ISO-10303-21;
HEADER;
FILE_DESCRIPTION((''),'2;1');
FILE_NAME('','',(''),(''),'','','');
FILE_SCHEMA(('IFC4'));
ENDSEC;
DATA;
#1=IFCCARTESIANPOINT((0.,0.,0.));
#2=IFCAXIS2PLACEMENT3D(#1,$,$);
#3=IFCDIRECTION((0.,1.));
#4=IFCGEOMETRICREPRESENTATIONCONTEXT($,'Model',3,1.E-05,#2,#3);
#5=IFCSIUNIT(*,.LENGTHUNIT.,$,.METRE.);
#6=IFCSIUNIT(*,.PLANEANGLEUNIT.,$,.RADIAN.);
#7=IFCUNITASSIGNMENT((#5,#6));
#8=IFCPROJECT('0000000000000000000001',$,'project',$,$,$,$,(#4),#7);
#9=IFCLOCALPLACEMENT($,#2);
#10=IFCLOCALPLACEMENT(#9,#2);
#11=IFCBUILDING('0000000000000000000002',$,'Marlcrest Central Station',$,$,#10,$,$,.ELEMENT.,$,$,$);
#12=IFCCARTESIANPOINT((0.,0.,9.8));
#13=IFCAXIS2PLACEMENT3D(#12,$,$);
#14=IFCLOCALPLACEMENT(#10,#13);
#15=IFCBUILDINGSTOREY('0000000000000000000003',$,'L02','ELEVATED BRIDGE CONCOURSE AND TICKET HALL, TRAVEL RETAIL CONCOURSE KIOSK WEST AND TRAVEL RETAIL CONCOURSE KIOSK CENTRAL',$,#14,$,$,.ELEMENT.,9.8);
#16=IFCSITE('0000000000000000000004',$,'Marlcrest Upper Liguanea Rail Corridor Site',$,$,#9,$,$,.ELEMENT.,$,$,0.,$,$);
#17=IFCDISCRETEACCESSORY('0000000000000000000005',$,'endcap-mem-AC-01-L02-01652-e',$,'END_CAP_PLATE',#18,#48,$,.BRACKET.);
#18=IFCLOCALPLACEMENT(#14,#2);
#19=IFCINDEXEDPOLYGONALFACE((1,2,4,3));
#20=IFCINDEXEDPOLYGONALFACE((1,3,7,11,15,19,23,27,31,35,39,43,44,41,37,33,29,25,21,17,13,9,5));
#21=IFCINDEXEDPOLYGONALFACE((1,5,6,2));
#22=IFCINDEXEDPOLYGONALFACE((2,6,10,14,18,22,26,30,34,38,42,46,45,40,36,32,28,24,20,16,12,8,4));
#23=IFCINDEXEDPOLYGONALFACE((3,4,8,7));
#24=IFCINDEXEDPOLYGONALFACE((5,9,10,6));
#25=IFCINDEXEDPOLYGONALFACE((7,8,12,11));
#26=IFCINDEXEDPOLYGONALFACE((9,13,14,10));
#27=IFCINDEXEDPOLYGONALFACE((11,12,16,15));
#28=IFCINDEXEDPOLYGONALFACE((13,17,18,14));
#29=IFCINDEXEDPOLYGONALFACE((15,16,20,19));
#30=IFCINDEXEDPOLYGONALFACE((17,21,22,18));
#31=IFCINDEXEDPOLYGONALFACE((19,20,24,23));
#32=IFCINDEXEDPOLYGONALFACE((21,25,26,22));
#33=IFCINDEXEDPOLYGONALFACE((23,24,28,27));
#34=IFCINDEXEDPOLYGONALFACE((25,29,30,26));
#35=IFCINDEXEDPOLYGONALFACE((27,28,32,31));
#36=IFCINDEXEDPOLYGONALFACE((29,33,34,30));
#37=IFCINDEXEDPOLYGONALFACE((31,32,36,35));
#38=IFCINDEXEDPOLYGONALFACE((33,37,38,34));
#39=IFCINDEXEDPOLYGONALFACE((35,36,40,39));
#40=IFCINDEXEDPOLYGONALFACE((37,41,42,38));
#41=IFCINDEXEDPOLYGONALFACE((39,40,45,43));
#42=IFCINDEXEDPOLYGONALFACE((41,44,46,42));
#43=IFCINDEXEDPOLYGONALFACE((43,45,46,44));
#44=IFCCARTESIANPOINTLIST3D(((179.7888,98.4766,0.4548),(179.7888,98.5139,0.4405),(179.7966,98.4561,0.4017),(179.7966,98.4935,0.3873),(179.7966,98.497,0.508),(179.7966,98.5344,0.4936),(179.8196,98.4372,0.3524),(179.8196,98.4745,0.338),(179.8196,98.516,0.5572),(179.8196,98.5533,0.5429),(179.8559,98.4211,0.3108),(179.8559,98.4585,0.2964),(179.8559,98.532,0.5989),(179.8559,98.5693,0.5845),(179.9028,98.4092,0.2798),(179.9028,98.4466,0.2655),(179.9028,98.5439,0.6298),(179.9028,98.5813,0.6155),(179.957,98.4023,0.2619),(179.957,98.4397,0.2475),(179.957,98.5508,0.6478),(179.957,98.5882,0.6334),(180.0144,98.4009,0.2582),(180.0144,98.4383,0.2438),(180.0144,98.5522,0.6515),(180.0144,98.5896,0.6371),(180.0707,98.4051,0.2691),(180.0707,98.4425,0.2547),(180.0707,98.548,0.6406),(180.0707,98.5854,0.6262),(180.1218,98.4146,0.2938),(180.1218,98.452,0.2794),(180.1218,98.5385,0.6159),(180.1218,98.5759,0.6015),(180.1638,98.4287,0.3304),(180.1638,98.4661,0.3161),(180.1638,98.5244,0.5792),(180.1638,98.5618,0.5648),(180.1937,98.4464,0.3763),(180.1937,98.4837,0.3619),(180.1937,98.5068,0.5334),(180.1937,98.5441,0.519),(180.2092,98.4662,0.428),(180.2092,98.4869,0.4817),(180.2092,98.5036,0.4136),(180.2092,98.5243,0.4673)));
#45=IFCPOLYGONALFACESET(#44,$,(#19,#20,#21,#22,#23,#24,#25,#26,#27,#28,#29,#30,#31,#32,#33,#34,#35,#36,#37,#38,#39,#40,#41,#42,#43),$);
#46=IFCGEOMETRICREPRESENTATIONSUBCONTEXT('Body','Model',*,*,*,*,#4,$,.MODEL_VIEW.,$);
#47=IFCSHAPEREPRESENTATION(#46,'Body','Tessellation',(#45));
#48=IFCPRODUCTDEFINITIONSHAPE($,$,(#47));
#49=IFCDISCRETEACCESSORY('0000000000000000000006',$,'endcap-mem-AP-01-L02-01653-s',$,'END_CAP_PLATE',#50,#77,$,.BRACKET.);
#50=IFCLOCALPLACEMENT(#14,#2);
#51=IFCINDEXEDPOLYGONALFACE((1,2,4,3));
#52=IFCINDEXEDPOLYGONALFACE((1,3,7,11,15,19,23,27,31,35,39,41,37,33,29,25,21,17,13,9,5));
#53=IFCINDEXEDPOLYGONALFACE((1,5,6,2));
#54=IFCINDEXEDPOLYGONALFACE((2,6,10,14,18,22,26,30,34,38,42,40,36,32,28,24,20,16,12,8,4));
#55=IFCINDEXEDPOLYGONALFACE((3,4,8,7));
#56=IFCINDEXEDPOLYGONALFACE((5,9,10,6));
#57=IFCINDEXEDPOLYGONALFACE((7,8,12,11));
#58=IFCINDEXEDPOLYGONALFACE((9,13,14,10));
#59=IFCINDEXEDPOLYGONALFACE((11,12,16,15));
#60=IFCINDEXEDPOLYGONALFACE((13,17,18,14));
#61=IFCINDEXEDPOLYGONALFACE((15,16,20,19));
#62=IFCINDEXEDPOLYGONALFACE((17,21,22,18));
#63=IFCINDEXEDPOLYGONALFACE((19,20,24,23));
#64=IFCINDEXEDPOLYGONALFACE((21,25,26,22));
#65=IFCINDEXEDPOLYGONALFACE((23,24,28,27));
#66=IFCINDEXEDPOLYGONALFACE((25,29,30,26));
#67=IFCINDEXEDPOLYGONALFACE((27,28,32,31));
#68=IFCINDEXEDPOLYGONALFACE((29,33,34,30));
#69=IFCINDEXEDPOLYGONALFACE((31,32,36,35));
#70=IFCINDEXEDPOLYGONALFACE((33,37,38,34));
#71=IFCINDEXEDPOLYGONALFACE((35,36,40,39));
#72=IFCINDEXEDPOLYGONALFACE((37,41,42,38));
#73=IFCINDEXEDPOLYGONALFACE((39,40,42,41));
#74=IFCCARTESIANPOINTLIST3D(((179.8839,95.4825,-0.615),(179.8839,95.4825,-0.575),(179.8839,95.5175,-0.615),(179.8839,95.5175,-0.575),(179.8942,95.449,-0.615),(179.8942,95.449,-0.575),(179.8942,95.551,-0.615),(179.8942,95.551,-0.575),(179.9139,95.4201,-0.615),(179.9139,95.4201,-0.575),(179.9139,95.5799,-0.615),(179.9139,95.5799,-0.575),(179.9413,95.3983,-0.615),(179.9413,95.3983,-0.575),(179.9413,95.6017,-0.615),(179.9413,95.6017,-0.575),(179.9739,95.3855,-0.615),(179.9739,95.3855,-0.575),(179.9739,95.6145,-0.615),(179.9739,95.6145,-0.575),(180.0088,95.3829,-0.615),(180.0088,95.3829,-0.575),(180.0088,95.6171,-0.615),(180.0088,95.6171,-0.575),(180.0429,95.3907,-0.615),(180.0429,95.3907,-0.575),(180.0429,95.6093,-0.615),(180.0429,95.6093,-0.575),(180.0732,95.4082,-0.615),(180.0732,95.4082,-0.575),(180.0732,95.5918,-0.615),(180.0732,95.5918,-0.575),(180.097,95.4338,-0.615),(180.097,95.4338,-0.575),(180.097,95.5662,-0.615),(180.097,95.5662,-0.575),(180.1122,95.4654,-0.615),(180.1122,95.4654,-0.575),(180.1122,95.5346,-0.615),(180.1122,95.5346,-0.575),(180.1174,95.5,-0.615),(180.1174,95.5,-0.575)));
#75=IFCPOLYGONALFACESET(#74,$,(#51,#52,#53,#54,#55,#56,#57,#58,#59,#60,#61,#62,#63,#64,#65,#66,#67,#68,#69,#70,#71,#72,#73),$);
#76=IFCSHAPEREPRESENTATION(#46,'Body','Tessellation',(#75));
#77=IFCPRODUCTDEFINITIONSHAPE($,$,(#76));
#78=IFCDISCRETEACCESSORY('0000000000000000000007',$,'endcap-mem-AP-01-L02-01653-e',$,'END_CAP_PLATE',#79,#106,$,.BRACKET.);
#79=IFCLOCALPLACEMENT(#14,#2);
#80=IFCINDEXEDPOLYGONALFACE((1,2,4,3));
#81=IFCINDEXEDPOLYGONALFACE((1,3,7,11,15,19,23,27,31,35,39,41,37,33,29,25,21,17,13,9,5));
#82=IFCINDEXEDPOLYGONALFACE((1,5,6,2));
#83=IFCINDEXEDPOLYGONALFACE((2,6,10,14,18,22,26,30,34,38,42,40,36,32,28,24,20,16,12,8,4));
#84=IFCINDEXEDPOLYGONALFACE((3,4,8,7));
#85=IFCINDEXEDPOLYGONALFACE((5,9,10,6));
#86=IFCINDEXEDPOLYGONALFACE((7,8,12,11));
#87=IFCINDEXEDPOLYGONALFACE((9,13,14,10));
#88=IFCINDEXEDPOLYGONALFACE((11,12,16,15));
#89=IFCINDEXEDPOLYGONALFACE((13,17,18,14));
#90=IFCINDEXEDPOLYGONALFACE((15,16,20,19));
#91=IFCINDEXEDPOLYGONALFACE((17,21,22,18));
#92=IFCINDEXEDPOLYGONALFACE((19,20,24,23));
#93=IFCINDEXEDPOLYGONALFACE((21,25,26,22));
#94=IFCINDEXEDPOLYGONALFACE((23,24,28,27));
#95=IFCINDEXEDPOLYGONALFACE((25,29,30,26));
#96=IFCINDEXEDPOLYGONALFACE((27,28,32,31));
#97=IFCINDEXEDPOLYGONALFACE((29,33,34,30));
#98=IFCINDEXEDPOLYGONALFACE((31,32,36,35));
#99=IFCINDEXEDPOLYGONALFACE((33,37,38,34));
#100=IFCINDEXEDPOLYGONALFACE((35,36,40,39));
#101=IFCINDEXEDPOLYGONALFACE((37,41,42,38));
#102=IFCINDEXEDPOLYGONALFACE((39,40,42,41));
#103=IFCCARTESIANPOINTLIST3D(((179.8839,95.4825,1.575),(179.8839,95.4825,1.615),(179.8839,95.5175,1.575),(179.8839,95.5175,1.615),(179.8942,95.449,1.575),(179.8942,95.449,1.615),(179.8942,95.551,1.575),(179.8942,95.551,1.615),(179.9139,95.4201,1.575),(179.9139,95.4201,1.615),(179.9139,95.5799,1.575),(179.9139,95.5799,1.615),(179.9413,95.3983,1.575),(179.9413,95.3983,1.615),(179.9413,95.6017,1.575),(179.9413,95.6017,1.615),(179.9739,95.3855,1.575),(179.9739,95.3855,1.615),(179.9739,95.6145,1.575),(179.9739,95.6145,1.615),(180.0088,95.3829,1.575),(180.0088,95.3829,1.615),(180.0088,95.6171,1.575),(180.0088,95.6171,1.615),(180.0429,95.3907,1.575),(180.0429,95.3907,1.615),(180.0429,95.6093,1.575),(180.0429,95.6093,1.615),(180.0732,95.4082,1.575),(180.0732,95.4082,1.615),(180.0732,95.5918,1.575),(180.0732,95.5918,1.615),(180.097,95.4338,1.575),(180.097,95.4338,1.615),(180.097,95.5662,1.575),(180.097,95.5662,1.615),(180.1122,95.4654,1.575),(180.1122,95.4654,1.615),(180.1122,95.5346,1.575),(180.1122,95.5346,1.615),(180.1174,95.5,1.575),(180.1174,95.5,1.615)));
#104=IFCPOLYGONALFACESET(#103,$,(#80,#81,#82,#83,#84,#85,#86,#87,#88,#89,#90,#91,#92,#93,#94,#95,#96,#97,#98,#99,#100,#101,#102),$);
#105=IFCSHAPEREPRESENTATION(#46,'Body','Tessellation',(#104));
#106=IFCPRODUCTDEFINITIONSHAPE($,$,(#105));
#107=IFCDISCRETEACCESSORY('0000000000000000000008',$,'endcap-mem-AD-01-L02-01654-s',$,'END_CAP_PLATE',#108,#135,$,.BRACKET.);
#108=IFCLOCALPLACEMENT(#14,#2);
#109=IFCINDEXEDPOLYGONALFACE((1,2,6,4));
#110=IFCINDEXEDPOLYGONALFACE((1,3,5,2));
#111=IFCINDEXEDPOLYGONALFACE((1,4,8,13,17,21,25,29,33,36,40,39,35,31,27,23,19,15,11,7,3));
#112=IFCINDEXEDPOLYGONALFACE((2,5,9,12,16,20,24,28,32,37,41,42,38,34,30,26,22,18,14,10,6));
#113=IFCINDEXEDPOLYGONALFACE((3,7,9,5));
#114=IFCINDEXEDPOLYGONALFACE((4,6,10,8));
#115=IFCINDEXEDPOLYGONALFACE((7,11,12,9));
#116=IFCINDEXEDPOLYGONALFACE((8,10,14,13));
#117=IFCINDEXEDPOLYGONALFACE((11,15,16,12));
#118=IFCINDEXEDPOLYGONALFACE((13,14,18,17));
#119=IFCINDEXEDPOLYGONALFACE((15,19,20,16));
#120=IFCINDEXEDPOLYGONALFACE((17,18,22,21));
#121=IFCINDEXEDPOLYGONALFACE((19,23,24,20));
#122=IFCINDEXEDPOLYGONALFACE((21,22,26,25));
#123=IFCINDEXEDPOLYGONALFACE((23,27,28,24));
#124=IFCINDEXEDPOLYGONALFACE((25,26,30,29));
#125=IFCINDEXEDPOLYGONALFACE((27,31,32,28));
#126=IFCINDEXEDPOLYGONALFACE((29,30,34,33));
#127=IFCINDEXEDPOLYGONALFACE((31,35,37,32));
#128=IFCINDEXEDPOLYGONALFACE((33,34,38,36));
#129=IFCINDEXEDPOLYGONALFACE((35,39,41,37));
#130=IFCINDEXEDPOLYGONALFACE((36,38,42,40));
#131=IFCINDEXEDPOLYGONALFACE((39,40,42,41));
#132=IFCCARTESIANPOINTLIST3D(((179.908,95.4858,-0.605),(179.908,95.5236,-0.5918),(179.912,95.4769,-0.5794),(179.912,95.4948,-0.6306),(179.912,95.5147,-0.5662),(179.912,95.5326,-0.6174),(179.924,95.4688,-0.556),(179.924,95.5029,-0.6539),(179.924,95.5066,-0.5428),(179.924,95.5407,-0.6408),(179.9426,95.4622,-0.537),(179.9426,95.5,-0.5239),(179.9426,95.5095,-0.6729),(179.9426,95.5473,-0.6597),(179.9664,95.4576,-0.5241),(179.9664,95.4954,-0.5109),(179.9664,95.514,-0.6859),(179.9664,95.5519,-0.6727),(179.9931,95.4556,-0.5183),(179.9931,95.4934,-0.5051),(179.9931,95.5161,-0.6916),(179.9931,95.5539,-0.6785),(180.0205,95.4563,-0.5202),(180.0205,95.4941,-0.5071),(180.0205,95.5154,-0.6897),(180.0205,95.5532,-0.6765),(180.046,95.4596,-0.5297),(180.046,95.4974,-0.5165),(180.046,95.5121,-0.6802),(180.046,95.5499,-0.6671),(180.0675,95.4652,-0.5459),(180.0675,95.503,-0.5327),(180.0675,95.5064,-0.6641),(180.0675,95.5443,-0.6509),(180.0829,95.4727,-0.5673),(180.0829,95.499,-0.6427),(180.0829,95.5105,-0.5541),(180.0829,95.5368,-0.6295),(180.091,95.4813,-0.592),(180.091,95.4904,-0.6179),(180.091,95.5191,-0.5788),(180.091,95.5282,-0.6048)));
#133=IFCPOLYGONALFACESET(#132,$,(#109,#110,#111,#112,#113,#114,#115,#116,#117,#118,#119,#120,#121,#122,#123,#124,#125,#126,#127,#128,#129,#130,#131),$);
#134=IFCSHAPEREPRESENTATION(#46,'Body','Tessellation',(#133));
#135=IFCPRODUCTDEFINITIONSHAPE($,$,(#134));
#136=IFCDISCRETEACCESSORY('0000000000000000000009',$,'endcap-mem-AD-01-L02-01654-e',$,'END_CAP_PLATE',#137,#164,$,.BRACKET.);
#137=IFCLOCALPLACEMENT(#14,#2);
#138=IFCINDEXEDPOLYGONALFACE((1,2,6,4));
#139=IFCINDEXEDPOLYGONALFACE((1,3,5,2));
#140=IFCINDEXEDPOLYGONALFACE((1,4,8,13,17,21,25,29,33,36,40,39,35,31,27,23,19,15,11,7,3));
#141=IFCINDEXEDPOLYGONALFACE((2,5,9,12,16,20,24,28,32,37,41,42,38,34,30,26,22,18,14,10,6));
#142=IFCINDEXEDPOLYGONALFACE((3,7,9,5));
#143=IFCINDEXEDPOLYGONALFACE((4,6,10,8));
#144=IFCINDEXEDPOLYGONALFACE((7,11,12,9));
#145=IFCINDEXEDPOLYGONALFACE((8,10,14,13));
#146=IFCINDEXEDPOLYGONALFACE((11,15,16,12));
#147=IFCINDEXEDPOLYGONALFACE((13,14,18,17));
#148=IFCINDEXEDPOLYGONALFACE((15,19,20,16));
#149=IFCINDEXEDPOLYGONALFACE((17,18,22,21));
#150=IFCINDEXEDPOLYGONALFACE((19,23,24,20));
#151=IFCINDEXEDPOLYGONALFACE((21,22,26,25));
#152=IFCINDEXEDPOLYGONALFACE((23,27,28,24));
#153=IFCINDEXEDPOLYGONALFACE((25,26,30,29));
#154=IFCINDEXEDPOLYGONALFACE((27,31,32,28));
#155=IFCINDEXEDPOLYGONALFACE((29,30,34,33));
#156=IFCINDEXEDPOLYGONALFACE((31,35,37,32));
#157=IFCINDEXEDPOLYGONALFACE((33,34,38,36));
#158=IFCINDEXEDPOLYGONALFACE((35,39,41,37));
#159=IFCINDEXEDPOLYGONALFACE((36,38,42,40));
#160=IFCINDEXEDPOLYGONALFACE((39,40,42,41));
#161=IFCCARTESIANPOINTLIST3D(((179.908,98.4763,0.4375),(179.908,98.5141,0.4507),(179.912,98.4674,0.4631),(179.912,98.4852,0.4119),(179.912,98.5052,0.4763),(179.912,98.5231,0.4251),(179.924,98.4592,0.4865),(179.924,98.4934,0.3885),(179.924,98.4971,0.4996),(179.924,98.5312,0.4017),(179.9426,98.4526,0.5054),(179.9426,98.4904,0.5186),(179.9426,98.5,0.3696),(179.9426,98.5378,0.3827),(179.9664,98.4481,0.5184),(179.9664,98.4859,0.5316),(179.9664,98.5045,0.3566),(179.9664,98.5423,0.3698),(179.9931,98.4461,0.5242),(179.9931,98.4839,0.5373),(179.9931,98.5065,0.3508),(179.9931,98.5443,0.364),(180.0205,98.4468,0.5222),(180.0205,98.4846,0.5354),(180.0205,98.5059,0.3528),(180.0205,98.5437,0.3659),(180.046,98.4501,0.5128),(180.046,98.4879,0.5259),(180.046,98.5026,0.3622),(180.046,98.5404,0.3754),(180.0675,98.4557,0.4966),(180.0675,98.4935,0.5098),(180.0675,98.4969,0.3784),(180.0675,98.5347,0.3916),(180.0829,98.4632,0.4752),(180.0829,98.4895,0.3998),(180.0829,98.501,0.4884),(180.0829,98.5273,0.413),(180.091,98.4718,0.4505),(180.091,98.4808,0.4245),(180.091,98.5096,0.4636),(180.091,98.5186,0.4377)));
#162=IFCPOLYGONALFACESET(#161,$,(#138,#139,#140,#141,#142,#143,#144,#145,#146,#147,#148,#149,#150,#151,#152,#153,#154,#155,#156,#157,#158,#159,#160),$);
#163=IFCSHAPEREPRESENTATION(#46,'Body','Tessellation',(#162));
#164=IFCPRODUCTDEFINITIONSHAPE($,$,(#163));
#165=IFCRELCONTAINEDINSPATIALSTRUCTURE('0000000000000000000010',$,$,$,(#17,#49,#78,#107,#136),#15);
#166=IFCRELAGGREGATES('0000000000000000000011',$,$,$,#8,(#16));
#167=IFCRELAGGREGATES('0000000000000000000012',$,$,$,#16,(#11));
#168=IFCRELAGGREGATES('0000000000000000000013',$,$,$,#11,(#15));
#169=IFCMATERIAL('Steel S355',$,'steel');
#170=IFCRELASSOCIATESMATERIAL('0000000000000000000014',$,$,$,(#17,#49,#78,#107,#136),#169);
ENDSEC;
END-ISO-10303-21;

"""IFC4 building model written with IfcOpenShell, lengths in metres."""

from ifc_helpers import new_model, si_unit, direction, frame, origin, origin_2d, place, context, subcontext, project, spatial, circle, extrude, material, element, save


model = new_model("IFC4")

# Units and contexts
model_context = context("Model", 3, precision=1e-05, world=origin(), true_north=direction((0.0, 1.0)))
body_context = subcontext(model_context, "Body", "Model", "MODEL_VIEW")
ifc_project = project(units=[si_unit("LENGTHUNIT", "METRE"), si_unit("PLANEANGLEUNIT", "RADIAN")], contexts=[model_context])

# Site, building, storey
site_placement = place(None, origin())
site = spatial("IfcSite", under=ifc_project, at=site_placement, Name="Marlcrest Upper Liguanea Rail Corridor Site", CompositionType="ELEMENT", RefElevation=0.0)
building_placement = place(site_placement, origin())
building = spatial("IfcBuilding", under=site, at=building_placement, Name="Marlcrest Central Station", CompositionType="ELEMENT")
storey_placement = place(building_placement, frame((0.0, 0.0, 9.8)))
storey = spatial("IfcBuildingStorey", under=building, at=storey_placement, Name="L02", Description="ELEVATED BRIDGE CONCOURSE AND TICKET HALL, TRAVEL RETAIL CONCOURSE KIOSK WEST AND TRAVEL RETAIL CONCOURSE KIOSK CENTRAL", CompositionType="ELEMENT", Elevation=9.8)

# Shared definitions
ifc_material_1 = material(Name="Steel S355", Category="steel")

# Discrete accessories
for number, where, z_axis, x_axis, name in (
    (1, (180.0, 98.4766, 0.4548), (0.0, 0.933324, -0.359035), (-1.0, 0.0, 0.0), "endcap-mem-AC-01-L02-01652-e"),
):
    element("IfcDiscreteAccessory", number, at=place(storey_placement, frame(where, z_axis=z_axis, x_axis=x_axis)), inside=storey, material=ifc_material_1, Name=name, ObjectType="END_CAP_PLATE", PredefinedType="BRACKET", context=body_context, shape_type="SweptSolid", body=[
        extrude(circle(Radius=0.2112, at=origin_2d()), origin(), (0.0, 0.0, 1.0), 0.04),
    ])
for number, where, z_axis, x_axis, name in (
    (2, (180.0, 95.5, -0.615), (0.0, 0.0, 1.0), (1.0, 0.0, 0.0), "endcap-mem-AP-01-L02-01653-s"),
    (3, (180.0, 95.5, 1.575), (0.0, 0.0, 1.0), (1.0, 0.0, 0.0), "endcap-mem-AP-01-L02-01653-e"),
):
    element("IfcDiscreteAccessory", number, at=place(storey_placement, frame(where, z_axis=z_axis, x_axis=x_axis)), inside=storey, material=ifc_material_1, Name=name, ObjectType="END_CAP_PLATE", PredefinedType="BRACKET", context=body_context, shape_type="SweptSolid", body=[
        extrude(circle(Radius=0.1174, at=origin_2d()), origin(), (0.0, 0.0, 1.0), 0.04),
    ])
for number, where, z_axis, x_axis, name in (
    (4, (180.0, 95.4858, -0.605), (0.0, 0.94426, 0.3292), (-1.0, 0.0, 0.0), "endcap-mem-AD-01-L02-01654-s"),
    (5, (180.0, 98.4763, 0.4375), (0.0, 0.94426, 0.3292), (-1.0, 0.0, 0.0), "endcap-mem-AD-01-L02-01654-e"),
):
    element("IfcDiscreteAccessory", number, at=place(storey_placement, frame(where, z_axis=z_axis, x_axis=x_axis)), inside=storey, material=ifc_material_1, Name=name, ObjectType="END_CAP_PLATE", PredefinedType="BRACKET", context=body_context, shape_type="SweptSolid", body=[
        extrude(circle(Radius=0.092, at=origin_2d()), origin(), (0.0, 0.0, 1.0), 0.04),
    ])

save(model, "model.ifc")
